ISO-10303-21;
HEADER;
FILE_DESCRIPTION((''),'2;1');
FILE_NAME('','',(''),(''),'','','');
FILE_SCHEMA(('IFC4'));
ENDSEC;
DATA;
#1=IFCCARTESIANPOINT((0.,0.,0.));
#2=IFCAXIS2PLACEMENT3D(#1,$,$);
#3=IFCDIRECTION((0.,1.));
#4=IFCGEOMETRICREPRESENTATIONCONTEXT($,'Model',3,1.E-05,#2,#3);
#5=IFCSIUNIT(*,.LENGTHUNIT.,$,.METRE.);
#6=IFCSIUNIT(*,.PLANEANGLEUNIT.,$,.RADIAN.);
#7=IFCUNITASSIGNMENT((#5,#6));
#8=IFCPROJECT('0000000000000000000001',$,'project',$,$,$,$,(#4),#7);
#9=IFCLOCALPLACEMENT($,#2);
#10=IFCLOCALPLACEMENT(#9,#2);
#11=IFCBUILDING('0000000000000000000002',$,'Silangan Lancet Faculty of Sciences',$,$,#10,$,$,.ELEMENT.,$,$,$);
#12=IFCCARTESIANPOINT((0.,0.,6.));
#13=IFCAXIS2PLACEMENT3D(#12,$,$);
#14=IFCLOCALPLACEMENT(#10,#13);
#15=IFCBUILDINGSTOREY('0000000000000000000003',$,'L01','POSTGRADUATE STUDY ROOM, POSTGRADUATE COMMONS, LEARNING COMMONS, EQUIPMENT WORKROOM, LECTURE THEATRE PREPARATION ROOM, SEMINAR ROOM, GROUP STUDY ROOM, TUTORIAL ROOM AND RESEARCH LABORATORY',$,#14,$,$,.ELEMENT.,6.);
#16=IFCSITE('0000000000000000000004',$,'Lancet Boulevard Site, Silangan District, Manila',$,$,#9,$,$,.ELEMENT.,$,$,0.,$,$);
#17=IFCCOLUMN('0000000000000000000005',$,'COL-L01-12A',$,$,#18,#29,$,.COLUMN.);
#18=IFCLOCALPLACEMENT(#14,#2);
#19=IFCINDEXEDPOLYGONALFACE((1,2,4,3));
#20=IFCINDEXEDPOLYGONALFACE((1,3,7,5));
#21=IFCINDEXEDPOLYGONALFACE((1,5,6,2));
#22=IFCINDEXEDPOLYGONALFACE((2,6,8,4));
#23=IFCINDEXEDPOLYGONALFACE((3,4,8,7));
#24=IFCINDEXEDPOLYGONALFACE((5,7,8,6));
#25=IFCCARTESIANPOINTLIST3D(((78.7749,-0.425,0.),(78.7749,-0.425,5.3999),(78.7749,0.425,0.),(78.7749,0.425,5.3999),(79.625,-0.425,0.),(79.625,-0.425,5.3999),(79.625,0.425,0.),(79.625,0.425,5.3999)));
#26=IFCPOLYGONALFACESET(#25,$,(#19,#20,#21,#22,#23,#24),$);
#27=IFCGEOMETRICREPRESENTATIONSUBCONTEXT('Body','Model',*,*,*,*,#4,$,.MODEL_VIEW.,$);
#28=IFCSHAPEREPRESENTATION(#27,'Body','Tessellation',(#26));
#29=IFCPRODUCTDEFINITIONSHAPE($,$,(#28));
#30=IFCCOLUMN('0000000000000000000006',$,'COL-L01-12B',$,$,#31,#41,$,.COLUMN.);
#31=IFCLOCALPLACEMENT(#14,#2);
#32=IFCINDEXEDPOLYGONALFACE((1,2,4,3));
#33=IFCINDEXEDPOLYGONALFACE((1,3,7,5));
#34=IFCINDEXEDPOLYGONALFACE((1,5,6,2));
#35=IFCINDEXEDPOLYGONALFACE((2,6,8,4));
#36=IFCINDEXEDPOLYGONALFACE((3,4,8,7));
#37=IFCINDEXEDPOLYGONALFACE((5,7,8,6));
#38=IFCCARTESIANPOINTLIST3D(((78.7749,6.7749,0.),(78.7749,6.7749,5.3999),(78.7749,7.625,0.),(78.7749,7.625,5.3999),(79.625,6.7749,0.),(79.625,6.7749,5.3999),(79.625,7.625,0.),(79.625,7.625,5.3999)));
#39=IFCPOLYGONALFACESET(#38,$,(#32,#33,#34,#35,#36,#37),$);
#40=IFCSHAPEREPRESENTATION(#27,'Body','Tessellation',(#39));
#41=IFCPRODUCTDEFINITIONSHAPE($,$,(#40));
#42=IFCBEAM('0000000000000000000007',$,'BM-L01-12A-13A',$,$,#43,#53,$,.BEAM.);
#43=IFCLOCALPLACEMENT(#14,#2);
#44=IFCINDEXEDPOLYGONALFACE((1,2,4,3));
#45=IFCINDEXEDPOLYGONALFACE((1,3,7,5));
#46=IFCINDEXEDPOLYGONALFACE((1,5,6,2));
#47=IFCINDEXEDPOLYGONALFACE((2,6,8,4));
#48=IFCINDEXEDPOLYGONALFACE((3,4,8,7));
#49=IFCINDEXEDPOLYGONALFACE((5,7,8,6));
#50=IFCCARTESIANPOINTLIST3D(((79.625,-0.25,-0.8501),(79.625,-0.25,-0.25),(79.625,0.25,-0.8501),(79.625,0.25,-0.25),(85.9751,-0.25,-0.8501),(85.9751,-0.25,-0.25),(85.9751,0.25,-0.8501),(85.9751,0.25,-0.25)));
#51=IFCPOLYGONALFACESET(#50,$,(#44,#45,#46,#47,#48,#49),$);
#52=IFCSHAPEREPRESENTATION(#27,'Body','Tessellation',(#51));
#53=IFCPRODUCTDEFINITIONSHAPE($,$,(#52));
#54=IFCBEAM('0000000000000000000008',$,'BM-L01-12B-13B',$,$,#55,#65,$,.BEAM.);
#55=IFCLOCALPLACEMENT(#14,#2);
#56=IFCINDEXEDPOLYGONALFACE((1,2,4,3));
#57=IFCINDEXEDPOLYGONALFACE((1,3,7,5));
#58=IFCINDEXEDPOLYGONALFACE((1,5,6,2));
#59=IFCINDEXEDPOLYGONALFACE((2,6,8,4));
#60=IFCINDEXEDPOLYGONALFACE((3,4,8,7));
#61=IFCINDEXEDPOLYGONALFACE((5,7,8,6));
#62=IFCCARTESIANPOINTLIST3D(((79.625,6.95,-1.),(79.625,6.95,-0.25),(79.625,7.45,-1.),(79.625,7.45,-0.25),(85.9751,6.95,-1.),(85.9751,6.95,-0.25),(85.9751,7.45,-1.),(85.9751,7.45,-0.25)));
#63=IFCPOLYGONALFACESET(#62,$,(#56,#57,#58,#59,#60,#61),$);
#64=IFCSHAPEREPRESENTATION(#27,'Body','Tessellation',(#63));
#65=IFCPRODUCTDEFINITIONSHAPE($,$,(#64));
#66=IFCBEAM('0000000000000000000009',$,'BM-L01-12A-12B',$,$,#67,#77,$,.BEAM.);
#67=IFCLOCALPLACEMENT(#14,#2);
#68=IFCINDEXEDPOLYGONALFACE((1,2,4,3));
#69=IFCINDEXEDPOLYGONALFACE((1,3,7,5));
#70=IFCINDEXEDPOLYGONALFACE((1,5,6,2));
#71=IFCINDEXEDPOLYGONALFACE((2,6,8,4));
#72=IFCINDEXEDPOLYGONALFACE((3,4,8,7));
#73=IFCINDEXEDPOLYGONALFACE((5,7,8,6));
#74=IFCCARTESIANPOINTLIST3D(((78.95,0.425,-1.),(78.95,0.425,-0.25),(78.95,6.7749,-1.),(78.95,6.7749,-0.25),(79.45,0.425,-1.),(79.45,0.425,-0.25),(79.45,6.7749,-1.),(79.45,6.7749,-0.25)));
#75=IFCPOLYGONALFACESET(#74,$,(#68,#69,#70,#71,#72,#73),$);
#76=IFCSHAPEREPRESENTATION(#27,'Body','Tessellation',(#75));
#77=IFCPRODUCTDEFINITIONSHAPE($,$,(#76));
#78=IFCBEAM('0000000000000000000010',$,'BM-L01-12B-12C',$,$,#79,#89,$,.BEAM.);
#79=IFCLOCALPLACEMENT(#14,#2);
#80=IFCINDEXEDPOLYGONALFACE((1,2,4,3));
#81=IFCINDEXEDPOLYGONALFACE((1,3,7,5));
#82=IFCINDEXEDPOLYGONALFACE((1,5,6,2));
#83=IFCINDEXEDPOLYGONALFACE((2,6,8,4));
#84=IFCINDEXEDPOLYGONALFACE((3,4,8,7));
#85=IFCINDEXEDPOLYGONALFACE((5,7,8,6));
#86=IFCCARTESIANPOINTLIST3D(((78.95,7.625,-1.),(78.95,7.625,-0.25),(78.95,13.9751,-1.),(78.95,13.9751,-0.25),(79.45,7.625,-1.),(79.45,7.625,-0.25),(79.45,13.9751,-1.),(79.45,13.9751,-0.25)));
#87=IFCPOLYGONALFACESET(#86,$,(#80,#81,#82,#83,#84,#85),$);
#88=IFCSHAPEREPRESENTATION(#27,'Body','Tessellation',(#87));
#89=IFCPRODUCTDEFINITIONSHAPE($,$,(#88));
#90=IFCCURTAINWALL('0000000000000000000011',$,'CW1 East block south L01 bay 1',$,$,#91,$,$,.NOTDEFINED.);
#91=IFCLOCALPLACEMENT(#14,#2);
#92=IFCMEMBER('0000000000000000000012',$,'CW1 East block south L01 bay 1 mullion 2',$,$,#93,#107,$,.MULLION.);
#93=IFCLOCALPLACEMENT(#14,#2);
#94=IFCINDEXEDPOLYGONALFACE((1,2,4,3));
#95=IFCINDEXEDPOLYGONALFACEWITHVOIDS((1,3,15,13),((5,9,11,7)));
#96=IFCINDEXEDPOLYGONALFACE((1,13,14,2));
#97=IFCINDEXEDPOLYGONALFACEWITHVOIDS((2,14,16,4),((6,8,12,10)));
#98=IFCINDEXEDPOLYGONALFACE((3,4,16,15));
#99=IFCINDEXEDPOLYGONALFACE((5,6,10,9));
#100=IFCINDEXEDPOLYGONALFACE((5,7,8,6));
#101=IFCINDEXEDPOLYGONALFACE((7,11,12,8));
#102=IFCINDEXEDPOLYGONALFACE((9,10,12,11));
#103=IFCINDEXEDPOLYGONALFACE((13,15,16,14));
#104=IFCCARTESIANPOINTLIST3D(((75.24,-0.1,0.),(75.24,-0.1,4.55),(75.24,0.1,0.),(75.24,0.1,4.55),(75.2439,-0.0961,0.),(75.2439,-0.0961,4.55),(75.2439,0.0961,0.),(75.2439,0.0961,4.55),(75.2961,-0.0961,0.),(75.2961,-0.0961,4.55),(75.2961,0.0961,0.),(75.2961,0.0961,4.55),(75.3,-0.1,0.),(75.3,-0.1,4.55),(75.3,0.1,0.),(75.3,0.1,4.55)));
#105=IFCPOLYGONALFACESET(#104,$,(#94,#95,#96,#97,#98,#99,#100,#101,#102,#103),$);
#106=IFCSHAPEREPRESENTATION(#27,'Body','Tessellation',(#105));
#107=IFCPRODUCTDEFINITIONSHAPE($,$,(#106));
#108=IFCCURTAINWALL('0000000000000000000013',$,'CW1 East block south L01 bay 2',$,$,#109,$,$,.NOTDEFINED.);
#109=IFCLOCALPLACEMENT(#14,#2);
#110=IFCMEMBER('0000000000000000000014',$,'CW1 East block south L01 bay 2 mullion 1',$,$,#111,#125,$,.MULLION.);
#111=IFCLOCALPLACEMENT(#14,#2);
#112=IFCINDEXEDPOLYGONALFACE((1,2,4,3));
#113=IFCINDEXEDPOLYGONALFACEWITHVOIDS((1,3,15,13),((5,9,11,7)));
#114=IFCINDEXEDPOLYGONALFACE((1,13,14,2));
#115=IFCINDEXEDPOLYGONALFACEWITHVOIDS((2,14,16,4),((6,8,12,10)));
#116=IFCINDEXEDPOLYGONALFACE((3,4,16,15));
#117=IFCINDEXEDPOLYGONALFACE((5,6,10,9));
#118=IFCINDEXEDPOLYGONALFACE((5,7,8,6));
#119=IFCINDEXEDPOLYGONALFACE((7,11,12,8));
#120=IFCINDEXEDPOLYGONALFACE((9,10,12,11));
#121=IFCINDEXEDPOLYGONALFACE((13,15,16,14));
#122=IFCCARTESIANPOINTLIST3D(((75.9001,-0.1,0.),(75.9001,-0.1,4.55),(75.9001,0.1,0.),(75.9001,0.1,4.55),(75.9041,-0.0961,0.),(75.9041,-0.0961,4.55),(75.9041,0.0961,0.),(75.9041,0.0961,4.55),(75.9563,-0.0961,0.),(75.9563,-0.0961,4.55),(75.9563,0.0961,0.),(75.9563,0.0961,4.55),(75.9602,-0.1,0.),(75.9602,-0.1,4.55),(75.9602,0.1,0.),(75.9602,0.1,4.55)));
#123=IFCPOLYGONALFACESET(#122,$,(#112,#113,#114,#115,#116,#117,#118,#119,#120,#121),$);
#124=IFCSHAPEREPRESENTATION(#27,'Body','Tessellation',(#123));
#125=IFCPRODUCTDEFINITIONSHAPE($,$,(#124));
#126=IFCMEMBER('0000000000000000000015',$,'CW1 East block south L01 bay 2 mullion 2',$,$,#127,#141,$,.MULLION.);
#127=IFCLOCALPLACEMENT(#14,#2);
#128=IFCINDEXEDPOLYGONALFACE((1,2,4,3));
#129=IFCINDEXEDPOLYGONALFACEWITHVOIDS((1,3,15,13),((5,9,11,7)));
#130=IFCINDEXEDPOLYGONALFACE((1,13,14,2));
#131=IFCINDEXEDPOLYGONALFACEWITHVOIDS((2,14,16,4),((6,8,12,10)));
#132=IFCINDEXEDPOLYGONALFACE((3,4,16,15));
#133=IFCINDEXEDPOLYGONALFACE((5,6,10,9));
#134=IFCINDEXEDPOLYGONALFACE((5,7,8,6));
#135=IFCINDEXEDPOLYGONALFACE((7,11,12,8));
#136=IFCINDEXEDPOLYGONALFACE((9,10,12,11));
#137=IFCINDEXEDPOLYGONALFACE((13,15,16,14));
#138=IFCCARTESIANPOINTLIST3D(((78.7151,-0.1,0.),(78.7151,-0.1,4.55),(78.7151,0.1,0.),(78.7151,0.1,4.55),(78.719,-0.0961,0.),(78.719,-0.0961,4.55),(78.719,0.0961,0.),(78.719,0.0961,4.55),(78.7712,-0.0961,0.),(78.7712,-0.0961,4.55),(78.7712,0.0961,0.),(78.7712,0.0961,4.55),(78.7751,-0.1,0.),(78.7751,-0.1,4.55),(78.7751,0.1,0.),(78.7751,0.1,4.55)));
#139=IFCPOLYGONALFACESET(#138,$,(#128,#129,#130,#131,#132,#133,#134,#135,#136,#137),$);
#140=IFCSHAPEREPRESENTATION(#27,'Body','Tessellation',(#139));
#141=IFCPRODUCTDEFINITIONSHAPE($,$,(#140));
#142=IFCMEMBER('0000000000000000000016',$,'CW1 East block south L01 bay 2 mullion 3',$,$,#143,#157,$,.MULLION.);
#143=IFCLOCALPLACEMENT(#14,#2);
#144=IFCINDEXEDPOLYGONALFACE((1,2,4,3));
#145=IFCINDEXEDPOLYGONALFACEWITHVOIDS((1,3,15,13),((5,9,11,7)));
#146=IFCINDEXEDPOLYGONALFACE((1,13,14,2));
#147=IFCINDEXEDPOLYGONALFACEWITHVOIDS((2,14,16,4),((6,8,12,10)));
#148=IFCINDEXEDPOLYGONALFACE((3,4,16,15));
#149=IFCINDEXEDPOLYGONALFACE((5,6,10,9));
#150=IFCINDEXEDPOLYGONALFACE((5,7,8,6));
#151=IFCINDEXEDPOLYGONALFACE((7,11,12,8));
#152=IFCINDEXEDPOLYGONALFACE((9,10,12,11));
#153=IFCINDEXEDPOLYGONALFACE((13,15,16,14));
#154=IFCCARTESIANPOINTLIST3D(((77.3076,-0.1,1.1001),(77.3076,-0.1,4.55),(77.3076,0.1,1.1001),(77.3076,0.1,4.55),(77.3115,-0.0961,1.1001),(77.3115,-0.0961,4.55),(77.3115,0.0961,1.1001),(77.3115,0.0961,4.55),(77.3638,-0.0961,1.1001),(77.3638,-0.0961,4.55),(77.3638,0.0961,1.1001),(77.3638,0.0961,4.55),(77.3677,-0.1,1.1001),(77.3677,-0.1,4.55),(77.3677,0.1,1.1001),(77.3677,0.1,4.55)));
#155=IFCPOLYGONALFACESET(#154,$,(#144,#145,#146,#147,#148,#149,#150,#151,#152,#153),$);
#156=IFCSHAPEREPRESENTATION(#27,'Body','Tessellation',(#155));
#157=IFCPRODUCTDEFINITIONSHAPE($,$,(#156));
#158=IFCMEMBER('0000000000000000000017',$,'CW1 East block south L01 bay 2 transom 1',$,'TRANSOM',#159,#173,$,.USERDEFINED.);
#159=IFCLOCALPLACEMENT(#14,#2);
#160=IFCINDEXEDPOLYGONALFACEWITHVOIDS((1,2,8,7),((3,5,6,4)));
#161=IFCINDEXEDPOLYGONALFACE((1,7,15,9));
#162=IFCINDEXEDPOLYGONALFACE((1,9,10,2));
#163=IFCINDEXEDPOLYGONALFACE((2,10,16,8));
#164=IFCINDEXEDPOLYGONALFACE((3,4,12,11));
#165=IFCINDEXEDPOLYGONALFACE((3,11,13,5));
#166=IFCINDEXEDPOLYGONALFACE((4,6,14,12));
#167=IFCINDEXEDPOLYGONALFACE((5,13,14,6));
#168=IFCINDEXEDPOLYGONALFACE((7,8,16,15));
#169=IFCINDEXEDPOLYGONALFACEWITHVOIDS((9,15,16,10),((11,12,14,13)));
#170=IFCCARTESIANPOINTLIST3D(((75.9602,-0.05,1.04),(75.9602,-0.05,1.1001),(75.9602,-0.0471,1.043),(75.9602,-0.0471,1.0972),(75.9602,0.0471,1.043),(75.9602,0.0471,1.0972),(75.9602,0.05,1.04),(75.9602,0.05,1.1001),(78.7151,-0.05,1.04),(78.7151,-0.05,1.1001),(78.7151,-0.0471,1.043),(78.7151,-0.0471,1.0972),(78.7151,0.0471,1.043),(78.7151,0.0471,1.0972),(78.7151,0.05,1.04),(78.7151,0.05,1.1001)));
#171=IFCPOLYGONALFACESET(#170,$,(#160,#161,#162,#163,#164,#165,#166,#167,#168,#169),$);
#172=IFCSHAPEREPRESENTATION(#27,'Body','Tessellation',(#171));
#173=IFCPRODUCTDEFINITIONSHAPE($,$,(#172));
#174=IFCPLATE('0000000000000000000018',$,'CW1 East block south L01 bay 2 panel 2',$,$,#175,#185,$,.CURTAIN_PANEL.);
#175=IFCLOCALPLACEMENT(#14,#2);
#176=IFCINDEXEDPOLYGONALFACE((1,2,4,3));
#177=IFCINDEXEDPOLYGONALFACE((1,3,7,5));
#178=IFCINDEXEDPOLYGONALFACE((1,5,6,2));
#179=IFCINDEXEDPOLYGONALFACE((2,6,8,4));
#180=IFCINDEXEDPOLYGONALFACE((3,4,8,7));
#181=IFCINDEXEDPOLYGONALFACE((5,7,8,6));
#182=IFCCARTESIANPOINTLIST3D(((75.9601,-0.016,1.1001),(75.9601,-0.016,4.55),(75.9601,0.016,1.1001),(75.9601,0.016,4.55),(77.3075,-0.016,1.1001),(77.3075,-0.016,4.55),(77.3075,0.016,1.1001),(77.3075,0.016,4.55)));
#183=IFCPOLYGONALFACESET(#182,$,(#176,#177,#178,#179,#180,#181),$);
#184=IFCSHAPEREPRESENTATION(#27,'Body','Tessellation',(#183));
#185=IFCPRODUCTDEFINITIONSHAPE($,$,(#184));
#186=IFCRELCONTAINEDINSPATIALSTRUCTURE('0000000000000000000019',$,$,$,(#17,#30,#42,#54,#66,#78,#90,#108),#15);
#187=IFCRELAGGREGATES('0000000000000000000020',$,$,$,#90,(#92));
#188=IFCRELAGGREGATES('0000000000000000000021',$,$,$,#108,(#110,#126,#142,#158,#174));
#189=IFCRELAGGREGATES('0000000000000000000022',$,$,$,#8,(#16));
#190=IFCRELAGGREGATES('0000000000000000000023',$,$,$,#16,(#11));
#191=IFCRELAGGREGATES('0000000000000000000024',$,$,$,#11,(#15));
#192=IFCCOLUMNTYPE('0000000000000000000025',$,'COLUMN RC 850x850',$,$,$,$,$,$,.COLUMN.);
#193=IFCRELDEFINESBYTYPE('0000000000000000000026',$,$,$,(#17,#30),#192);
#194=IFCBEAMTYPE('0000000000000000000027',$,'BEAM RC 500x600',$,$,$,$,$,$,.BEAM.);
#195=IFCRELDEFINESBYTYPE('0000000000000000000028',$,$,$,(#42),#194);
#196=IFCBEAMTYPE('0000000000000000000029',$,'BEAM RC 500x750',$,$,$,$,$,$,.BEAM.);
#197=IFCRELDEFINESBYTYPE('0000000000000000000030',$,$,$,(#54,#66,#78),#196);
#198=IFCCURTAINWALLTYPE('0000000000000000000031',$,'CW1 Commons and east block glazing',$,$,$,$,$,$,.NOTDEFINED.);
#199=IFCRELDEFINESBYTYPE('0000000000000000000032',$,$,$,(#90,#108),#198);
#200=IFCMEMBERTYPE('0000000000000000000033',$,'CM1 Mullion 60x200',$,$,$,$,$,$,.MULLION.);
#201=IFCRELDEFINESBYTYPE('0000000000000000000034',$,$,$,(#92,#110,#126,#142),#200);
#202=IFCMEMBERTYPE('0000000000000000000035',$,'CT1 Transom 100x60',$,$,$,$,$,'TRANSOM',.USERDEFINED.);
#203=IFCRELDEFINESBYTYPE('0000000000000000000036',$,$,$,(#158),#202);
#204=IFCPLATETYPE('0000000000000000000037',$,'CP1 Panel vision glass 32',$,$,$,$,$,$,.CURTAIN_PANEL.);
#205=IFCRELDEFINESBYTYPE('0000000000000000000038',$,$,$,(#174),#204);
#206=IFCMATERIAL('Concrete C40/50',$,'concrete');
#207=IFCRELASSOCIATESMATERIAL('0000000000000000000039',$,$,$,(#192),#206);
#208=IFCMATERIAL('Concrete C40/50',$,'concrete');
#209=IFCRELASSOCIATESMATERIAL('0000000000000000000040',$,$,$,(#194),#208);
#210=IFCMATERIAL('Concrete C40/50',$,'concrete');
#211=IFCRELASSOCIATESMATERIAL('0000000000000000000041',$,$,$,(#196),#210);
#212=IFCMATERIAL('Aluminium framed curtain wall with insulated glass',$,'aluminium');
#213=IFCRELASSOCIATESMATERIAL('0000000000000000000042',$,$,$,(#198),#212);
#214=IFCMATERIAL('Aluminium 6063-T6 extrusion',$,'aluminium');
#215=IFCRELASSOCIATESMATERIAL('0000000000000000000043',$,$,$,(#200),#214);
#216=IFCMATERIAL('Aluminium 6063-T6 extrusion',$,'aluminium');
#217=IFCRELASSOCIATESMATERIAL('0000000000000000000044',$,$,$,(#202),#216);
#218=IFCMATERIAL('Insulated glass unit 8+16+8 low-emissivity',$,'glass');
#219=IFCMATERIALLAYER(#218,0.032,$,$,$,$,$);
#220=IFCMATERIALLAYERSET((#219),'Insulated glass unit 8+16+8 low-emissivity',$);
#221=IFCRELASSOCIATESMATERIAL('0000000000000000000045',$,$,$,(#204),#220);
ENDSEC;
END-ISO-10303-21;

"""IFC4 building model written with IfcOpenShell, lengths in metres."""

from ifc_helpers import new_model, si_unit, direction, frame, origin, origin_2d, place, context, subcontext, project, spatial, rectangle, hollow_rectangle, extrude, material, layer, layer_set, material_profile, profile_set, type_object, element, aggregate, save


model = new_model("IFC4")

# Units and contexts
model_context = context("Model", 3, precision=1e-05, world=origin(), true_north=direction((0.0, 1.0)))
body_context = subcontext(model_context, "Body", "Model", "MODEL_VIEW")
ifc_project = project(units=[si_unit("LENGTHUNIT", "METRE"), si_unit("PLANEANGLEUNIT", "RADIAN")], contexts=[model_context])

# Site, building, storey
site_placement = place(None, origin())
site = spatial("IfcSite", under=ifc_project, at=site_placement, Name="Lancet Boulevard Site, Silangan District, Manila", CompositionType="ELEMENT", RefElevation=0.0)
building_placement = place(site_placement, origin())
building = spatial("IfcBuilding", under=site, at=building_placement, Name="Silangan Lancet Faculty of Sciences", CompositionType="ELEMENT")
storey_placement = place(building_placement, frame((0.0, 0.0, 6.0)))
storey = spatial("IfcBuildingStorey", under=building, at=storey_placement, Name="L01", Description="POSTGRADUATE STUDY ROOM, POSTGRADUATE COMMONS, LEARNING COMMONS, EQUIPMENT WORKROOM, LECTURE THEATRE PREPARATION ROOM, SEMINAR ROOM, GROUP STUDY ROOM, TUTORIAL ROOM AND RESEARCH LABORATORY", CompositionType="ELEMENT", Elevation=6.0)

# Columns
ifc_material_1 = material(Name="Concrete C40/50", Category="concrete")
ifc_material_profile_1 = material_profile(ifc_material_1, rectangle(XDim=0.8501, YDim=0.8501, at=origin_2d()), Name="RC 850x850")
ifc_profile_set_1 = profile_set([ifc_material_profile_1], Name="Concrete C40/50")
column_type = type_object("IfcColumnType", Name="COLUMN RC 850x850", PredefinedType="COLUMN", material=ifc_profile_set_1)
for number, where, z_axis, x_axis, name in (
    (1, (79.2, 0.0, 0.0), (0.0, 0.0, 1.0), (1.0, 0.0, 0.0), "COL-L01-12A"),
    (2, (79.2, 7.2, 0.0), (0.0, 0.0, 1.0), (1.0, 0.0, 0.0), "COL-L01-12B"),
):
    element("IfcColumn", number, at=place(storey_placement, frame(where, z_axis=z_axis, x_axis=x_axis)), inside=storey, type_object=column_type, Name=name, PredefinedType="COLUMN", context=body_context, shape_type="SweptSolid", body=[
        extrude(rectangle(XDim=0.8501, YDim=0.8501, at=origin_2d()), origin(), (0.0, 0.0, 1.0), 5.3999),
    ])

# Beams
ifc_material_2 = material(Name="Concrete C40/50", Category="concrete")
ifc_material_profile_2 = material_profile(ifc_material_2, rectangle(XDim=0.5, YDim=0.6001, at=origin_2d()), Name="RC 500x600")
ifc_profile_set_2 = profile_set([ifc_material_profile_2], Name="Concrete C40/50")
beam_type_1 = type_object("IfcBeamType", Name="BEAM RC 500x600", PredefinedType="BEAM", material=ifc_profile_set_2)
beam_1_placement = place(storey_placement, frame((79.625, 0.0, -0.55), z_axis=(1.0, 0.0, 0.0), x_axis=(0.0, 1.0, 0.0)))
element("IfcBeam", 3, at=beam_1_placement, inside=storey, type_object=beam_type_1, Name="BM-L01-12A-13A", PredefinedType="BEAM", context=body_context, shape_type="SweptSolid", body=[
    extrude(rectangle(XDim=0.5, YDim=0.6001, at=origin_2d()), origin(), (0.0, 0.0, 1.0), 6.3501),
])
ifc_material_3 = material(Name="Concrete C40/50", Category="concrete")
ifc_material_profile_3 = material_profile(ifc_material_3, rectangle(XDim=0.5, YDim=0.75, at=origin_2d()), Name="RC 500x750")
ifc_profile_set_3 = profile_set([ifc_material_profile_3], Name="Concrete C40/50")
beam_type_2 = type_object("IfcBeamType", Name="BEAM RC 500x750", PredefinedType="BEAM", material=ifc_profile_set_3)
beam_2_placement = place(storey_placement, frame((79.625, 7.2, -0.625), z_axis=(1.0, 0.0, 0.0), x_axis=(0.0, 1.0, 0.0)))
element("IfcBeam", 4, at=beam_2_placement, inside=storey, type_object=beam_type_2, Name="BM-L01-12B-13B", PredefinedType="BEAM", context=body_context, shape_type="SweptSolid", body=[
    extrude(rectangle(XDim=0.5, YDim=0.75, at=origin_2d()), origin(), (0.0, 0.0, 1.0), 6.3501),
])
beam_3_placement = place(storey_placement, frame((79.2, 0.425, -0.625), z_axis=(0.0, 1.0, 0.0), x_axis=(-1.0, 0.0, 0.0)))
element("IfcBeam", 5, at=beam_3_placement, inside=storey, type_object=beam_type_2, Name="BM-L01-12A-12B", PredefinedType="BEAM", context=body_context, shape_type="SweptSolid", body=[
    extrude(rectangle(XDim=0.5, YDim=0.75, at=origin_2d()), origin(), (0.0, 0.0, 1.0), 6.3499),
])
beam_4_placement = place(storey_placement, frame((79.2, 7.625, -0.625), z_axis=(0.0, 1.0, 0.0), x_axis=(-1.0, 0.0, 0.0)))
element("IfcBeam", 6, at=beam_4_placement, inside=storey, type_object=beam_type_2, Name="BM-L01-12B-12C", PredefinedType="BEAM", context=body_context, shape_type="SweptSolid", body=[
    extrude(rectangle(XDim=0.5, YDim=0.75, at=origin_2d()), origin(), (0.0, 0.0, 1.0), 6.3501),
])

# Curtain wall, member
ifc_material_4 = material(Name="Aluminium framed curtain wall with insulated glass", Category="aluminium")
curtain_wall_type = type_object("IfcCurtainWallType", Name="CW1 Commons and east block glazing", PredefinedType="NOTDEFINED", material=ifc_material_4)
curtain_wall_1_placement = place(storey_placement, origin())
curtain_wall_1 = element("IfcCurtainWall", 7, at=curtain_wall_1_placement, inside=storey, type_object=curtain_wall_type, Name="CW1 East block south L01 bay 1", PredefinedType="NOTDEFINED")
ifc_material_5 = material(Name="Aluminium 6063-T6 extrusion", Category="aluminium")
ifc_material_profile_4 = material_profile(ifc_material_5, hollow_rectangle(XDim=0.0601, YDim=0.2, WallThickness=0.0039, at=origin_2d()), Name="AL BOX 60x200x4")
ifc_profile_set_4 = profile_set([ifc_material_profile_4], Name="Aluminium 6063-T6 extrusion")
member_type_1 = type_object("IfcMemberType", Name="CM1 Mullion 60x200", PredefinedType="MULLION", material=ifc_profile_set_4)
member_1_placement = place(storey_placement, frame((75.27, 0.0, 0.0), z_axis=(0.0, 0.0, 1.0), x_axis=(1.0, 0.0, 0.0)))
member_1 = element("IfcMember", 8, at=member_1_placement, type_object=member_type_1, Name="CW1 East block south L01 bay 1 mullion 2", PredefinedType="MULLION", context=body_context, shape_type="SweptSolid", body=[
    extrude(hollow_rectangle(XDim=0.0601, YDim=0.2, WallThickness=0.0039, at=origin_2d()), origin(), (0.0, 0.0, 1.0), 4.55),
])
aggregate(curtain_wall_1, [member_1])

# Curtain wall, members, plate
curtain_wall_2_placement = place(storey_placement, origin())
curtain_wall_2 = element("IfcCurtainWall", 9, at=curtain_wall_2_placement, inside=storey, type_object=curtain_wall_type, Name="CW1 East block south L01 bay 2", PredefinedType="NOTDEFINED")
member_2_placement = place(storey_placement, frame((75.9302, 0.0, 0.0), z_axis=(0.0, 0.0, 1.0), x_axis=(1.0, 0.0, 0.0)))
member_2 = element("IfcMember", 10, at=member_2_placement, type_object=member_type_1, Name="CW1 East block south L01 bay 2 mullion 1", PredefinedType="MULLION", context=body_context, shape_type="SweptSolid", body=[
    extrude(hollow_rectangle(XDim=0.0601, YDim=0.2, WallThickness=0.0039, at=origin_2d()), origin(), (0.0, 0.0, 1.0), 4.55),
])
member_3_placement = place(storey_placement, frame((78.7451, 0.0, 0.0), z_axis=(0.0, 0.0, 1.0), x_axis=(1.0, 0.0, 0.0)))
member_3 = element("IfcMember", 11, at=member_3_placement, type_object=member_type_1, Name="CW1 East block south L01 bay 2 mullion 2", PredefinedType="MULLION", context=body_context, shape_type="SweptSolid", body=[
    extrude(hollow_rectangle(XDim=0.0601, YDim=0.2, WallThickness=0.0039, at=origin_2d()), origin(), (0.0, 0.0, 1.0), 4.55),
])
member_4_placement = place(storey_placement, frame((77.3376, 0.0, 1.1001), z_axis=(0.0, 0.0, 1.0), x_axis=(1.0, 0.0, 0.0)))
member_4 = element("IfcMember", 12, at=member_4_placement, type_object=member_type_1, Name="CW1 East block south L01 bay 2 mullion 3", PredefinedType="MULLION", context=body_context, shape_type="SweptSolid", body=[
    extrude(hollow_rectangle(XDim=0.0601, YDim=0.2, WallThickness=0.0039, at=origin_2d()), origin(), (0.0, 0.0, 1.0), 3.45),
])
ifc_material_6 = material(Name="Aluminium 6063-T6 extrusion", Category="aluminium")
ifc_material_profile_5 = material_profile(ifc_material_6, hollow_rectangle(XDim=0.1001, YDim=0.0601, WallThickness=0.0029, at=origin_2d()), Name="AL BOX 100x60x3")
ifc_profile_set_5 = profile_set([ifc_material_profile_5], Name="Aluminium 6063-T6 extrusion")
member_type_2 = type_object("IfcMemberType", Name="CT1 Transom 100x60", ElementType="TRANSOM", PredefinedType="USERDEFINED", material=ifc_profile_set_5)
member_5_placement = place(storey_placement, frame((75.9602, 0.0, 1.0701), z_axis=(1.0, 0.0, 0.0), x_axis=(0.0, 1.0, 0.0)))
member_5 = element("IfcMember", 13, at=member_5_placement, type_object=member_type_2, Name="CW1 East block south L01 bay 2 transom 1", ObjectType="TRANSOM", PredefinedType="USERDEFINED", context=body_context, shape_type="SweptSolid", body=[
    extrude(hollow_rectangle(XDim=0.1001, YDim=0.0601, WallThickness=0.0029, at=origin_2d()), origin(), (0.0, 0.0, 1.0), 2.7549),
])
ifc_material_7 = material(Name="Insulated glass unit 8+16+8 low-emissivity", Category="glass")
ifc_layer_1 = layer(ifc_material_7, 0.032)
ifc_layer_set_1 = layer_set([ifc_layer_1], Name="Insulated glass unit 8+16+8 low-emissivity")
plate_type_1 = type_object("IfcPlateType", Name="CP1 Panel vision glass 32", PredefinedType="CURTAIN_PANEL", material=ifc_layer_set_1)
plate_1_placement = place(storey_placement, frame((76.6338, 0.0, 1.1001), z_axis=(0.0, 0.0, 1.0), x_axis=(1.0, 0.0, 0.0)))
plate_1 = element("IfcPlate", 14, at=plate_1_placement, type_object=plate_type_1, Name="CW1 East block south L01 bay 2 panel 2", PredefinedType="CURTAIN_PANEL", context=body_context, shape_type="SweptSolid", body=[
    extrude(rectangle(XDim=1.3474, YDim=0.032, at=origin_2d()), origin(), (0.0, 0.0, 1.0), 3.45),
])
aggregate(curtain_wall_2, [member_2, member_3, member_4, member_5, plate_1])

save(model, "model.ifc")
